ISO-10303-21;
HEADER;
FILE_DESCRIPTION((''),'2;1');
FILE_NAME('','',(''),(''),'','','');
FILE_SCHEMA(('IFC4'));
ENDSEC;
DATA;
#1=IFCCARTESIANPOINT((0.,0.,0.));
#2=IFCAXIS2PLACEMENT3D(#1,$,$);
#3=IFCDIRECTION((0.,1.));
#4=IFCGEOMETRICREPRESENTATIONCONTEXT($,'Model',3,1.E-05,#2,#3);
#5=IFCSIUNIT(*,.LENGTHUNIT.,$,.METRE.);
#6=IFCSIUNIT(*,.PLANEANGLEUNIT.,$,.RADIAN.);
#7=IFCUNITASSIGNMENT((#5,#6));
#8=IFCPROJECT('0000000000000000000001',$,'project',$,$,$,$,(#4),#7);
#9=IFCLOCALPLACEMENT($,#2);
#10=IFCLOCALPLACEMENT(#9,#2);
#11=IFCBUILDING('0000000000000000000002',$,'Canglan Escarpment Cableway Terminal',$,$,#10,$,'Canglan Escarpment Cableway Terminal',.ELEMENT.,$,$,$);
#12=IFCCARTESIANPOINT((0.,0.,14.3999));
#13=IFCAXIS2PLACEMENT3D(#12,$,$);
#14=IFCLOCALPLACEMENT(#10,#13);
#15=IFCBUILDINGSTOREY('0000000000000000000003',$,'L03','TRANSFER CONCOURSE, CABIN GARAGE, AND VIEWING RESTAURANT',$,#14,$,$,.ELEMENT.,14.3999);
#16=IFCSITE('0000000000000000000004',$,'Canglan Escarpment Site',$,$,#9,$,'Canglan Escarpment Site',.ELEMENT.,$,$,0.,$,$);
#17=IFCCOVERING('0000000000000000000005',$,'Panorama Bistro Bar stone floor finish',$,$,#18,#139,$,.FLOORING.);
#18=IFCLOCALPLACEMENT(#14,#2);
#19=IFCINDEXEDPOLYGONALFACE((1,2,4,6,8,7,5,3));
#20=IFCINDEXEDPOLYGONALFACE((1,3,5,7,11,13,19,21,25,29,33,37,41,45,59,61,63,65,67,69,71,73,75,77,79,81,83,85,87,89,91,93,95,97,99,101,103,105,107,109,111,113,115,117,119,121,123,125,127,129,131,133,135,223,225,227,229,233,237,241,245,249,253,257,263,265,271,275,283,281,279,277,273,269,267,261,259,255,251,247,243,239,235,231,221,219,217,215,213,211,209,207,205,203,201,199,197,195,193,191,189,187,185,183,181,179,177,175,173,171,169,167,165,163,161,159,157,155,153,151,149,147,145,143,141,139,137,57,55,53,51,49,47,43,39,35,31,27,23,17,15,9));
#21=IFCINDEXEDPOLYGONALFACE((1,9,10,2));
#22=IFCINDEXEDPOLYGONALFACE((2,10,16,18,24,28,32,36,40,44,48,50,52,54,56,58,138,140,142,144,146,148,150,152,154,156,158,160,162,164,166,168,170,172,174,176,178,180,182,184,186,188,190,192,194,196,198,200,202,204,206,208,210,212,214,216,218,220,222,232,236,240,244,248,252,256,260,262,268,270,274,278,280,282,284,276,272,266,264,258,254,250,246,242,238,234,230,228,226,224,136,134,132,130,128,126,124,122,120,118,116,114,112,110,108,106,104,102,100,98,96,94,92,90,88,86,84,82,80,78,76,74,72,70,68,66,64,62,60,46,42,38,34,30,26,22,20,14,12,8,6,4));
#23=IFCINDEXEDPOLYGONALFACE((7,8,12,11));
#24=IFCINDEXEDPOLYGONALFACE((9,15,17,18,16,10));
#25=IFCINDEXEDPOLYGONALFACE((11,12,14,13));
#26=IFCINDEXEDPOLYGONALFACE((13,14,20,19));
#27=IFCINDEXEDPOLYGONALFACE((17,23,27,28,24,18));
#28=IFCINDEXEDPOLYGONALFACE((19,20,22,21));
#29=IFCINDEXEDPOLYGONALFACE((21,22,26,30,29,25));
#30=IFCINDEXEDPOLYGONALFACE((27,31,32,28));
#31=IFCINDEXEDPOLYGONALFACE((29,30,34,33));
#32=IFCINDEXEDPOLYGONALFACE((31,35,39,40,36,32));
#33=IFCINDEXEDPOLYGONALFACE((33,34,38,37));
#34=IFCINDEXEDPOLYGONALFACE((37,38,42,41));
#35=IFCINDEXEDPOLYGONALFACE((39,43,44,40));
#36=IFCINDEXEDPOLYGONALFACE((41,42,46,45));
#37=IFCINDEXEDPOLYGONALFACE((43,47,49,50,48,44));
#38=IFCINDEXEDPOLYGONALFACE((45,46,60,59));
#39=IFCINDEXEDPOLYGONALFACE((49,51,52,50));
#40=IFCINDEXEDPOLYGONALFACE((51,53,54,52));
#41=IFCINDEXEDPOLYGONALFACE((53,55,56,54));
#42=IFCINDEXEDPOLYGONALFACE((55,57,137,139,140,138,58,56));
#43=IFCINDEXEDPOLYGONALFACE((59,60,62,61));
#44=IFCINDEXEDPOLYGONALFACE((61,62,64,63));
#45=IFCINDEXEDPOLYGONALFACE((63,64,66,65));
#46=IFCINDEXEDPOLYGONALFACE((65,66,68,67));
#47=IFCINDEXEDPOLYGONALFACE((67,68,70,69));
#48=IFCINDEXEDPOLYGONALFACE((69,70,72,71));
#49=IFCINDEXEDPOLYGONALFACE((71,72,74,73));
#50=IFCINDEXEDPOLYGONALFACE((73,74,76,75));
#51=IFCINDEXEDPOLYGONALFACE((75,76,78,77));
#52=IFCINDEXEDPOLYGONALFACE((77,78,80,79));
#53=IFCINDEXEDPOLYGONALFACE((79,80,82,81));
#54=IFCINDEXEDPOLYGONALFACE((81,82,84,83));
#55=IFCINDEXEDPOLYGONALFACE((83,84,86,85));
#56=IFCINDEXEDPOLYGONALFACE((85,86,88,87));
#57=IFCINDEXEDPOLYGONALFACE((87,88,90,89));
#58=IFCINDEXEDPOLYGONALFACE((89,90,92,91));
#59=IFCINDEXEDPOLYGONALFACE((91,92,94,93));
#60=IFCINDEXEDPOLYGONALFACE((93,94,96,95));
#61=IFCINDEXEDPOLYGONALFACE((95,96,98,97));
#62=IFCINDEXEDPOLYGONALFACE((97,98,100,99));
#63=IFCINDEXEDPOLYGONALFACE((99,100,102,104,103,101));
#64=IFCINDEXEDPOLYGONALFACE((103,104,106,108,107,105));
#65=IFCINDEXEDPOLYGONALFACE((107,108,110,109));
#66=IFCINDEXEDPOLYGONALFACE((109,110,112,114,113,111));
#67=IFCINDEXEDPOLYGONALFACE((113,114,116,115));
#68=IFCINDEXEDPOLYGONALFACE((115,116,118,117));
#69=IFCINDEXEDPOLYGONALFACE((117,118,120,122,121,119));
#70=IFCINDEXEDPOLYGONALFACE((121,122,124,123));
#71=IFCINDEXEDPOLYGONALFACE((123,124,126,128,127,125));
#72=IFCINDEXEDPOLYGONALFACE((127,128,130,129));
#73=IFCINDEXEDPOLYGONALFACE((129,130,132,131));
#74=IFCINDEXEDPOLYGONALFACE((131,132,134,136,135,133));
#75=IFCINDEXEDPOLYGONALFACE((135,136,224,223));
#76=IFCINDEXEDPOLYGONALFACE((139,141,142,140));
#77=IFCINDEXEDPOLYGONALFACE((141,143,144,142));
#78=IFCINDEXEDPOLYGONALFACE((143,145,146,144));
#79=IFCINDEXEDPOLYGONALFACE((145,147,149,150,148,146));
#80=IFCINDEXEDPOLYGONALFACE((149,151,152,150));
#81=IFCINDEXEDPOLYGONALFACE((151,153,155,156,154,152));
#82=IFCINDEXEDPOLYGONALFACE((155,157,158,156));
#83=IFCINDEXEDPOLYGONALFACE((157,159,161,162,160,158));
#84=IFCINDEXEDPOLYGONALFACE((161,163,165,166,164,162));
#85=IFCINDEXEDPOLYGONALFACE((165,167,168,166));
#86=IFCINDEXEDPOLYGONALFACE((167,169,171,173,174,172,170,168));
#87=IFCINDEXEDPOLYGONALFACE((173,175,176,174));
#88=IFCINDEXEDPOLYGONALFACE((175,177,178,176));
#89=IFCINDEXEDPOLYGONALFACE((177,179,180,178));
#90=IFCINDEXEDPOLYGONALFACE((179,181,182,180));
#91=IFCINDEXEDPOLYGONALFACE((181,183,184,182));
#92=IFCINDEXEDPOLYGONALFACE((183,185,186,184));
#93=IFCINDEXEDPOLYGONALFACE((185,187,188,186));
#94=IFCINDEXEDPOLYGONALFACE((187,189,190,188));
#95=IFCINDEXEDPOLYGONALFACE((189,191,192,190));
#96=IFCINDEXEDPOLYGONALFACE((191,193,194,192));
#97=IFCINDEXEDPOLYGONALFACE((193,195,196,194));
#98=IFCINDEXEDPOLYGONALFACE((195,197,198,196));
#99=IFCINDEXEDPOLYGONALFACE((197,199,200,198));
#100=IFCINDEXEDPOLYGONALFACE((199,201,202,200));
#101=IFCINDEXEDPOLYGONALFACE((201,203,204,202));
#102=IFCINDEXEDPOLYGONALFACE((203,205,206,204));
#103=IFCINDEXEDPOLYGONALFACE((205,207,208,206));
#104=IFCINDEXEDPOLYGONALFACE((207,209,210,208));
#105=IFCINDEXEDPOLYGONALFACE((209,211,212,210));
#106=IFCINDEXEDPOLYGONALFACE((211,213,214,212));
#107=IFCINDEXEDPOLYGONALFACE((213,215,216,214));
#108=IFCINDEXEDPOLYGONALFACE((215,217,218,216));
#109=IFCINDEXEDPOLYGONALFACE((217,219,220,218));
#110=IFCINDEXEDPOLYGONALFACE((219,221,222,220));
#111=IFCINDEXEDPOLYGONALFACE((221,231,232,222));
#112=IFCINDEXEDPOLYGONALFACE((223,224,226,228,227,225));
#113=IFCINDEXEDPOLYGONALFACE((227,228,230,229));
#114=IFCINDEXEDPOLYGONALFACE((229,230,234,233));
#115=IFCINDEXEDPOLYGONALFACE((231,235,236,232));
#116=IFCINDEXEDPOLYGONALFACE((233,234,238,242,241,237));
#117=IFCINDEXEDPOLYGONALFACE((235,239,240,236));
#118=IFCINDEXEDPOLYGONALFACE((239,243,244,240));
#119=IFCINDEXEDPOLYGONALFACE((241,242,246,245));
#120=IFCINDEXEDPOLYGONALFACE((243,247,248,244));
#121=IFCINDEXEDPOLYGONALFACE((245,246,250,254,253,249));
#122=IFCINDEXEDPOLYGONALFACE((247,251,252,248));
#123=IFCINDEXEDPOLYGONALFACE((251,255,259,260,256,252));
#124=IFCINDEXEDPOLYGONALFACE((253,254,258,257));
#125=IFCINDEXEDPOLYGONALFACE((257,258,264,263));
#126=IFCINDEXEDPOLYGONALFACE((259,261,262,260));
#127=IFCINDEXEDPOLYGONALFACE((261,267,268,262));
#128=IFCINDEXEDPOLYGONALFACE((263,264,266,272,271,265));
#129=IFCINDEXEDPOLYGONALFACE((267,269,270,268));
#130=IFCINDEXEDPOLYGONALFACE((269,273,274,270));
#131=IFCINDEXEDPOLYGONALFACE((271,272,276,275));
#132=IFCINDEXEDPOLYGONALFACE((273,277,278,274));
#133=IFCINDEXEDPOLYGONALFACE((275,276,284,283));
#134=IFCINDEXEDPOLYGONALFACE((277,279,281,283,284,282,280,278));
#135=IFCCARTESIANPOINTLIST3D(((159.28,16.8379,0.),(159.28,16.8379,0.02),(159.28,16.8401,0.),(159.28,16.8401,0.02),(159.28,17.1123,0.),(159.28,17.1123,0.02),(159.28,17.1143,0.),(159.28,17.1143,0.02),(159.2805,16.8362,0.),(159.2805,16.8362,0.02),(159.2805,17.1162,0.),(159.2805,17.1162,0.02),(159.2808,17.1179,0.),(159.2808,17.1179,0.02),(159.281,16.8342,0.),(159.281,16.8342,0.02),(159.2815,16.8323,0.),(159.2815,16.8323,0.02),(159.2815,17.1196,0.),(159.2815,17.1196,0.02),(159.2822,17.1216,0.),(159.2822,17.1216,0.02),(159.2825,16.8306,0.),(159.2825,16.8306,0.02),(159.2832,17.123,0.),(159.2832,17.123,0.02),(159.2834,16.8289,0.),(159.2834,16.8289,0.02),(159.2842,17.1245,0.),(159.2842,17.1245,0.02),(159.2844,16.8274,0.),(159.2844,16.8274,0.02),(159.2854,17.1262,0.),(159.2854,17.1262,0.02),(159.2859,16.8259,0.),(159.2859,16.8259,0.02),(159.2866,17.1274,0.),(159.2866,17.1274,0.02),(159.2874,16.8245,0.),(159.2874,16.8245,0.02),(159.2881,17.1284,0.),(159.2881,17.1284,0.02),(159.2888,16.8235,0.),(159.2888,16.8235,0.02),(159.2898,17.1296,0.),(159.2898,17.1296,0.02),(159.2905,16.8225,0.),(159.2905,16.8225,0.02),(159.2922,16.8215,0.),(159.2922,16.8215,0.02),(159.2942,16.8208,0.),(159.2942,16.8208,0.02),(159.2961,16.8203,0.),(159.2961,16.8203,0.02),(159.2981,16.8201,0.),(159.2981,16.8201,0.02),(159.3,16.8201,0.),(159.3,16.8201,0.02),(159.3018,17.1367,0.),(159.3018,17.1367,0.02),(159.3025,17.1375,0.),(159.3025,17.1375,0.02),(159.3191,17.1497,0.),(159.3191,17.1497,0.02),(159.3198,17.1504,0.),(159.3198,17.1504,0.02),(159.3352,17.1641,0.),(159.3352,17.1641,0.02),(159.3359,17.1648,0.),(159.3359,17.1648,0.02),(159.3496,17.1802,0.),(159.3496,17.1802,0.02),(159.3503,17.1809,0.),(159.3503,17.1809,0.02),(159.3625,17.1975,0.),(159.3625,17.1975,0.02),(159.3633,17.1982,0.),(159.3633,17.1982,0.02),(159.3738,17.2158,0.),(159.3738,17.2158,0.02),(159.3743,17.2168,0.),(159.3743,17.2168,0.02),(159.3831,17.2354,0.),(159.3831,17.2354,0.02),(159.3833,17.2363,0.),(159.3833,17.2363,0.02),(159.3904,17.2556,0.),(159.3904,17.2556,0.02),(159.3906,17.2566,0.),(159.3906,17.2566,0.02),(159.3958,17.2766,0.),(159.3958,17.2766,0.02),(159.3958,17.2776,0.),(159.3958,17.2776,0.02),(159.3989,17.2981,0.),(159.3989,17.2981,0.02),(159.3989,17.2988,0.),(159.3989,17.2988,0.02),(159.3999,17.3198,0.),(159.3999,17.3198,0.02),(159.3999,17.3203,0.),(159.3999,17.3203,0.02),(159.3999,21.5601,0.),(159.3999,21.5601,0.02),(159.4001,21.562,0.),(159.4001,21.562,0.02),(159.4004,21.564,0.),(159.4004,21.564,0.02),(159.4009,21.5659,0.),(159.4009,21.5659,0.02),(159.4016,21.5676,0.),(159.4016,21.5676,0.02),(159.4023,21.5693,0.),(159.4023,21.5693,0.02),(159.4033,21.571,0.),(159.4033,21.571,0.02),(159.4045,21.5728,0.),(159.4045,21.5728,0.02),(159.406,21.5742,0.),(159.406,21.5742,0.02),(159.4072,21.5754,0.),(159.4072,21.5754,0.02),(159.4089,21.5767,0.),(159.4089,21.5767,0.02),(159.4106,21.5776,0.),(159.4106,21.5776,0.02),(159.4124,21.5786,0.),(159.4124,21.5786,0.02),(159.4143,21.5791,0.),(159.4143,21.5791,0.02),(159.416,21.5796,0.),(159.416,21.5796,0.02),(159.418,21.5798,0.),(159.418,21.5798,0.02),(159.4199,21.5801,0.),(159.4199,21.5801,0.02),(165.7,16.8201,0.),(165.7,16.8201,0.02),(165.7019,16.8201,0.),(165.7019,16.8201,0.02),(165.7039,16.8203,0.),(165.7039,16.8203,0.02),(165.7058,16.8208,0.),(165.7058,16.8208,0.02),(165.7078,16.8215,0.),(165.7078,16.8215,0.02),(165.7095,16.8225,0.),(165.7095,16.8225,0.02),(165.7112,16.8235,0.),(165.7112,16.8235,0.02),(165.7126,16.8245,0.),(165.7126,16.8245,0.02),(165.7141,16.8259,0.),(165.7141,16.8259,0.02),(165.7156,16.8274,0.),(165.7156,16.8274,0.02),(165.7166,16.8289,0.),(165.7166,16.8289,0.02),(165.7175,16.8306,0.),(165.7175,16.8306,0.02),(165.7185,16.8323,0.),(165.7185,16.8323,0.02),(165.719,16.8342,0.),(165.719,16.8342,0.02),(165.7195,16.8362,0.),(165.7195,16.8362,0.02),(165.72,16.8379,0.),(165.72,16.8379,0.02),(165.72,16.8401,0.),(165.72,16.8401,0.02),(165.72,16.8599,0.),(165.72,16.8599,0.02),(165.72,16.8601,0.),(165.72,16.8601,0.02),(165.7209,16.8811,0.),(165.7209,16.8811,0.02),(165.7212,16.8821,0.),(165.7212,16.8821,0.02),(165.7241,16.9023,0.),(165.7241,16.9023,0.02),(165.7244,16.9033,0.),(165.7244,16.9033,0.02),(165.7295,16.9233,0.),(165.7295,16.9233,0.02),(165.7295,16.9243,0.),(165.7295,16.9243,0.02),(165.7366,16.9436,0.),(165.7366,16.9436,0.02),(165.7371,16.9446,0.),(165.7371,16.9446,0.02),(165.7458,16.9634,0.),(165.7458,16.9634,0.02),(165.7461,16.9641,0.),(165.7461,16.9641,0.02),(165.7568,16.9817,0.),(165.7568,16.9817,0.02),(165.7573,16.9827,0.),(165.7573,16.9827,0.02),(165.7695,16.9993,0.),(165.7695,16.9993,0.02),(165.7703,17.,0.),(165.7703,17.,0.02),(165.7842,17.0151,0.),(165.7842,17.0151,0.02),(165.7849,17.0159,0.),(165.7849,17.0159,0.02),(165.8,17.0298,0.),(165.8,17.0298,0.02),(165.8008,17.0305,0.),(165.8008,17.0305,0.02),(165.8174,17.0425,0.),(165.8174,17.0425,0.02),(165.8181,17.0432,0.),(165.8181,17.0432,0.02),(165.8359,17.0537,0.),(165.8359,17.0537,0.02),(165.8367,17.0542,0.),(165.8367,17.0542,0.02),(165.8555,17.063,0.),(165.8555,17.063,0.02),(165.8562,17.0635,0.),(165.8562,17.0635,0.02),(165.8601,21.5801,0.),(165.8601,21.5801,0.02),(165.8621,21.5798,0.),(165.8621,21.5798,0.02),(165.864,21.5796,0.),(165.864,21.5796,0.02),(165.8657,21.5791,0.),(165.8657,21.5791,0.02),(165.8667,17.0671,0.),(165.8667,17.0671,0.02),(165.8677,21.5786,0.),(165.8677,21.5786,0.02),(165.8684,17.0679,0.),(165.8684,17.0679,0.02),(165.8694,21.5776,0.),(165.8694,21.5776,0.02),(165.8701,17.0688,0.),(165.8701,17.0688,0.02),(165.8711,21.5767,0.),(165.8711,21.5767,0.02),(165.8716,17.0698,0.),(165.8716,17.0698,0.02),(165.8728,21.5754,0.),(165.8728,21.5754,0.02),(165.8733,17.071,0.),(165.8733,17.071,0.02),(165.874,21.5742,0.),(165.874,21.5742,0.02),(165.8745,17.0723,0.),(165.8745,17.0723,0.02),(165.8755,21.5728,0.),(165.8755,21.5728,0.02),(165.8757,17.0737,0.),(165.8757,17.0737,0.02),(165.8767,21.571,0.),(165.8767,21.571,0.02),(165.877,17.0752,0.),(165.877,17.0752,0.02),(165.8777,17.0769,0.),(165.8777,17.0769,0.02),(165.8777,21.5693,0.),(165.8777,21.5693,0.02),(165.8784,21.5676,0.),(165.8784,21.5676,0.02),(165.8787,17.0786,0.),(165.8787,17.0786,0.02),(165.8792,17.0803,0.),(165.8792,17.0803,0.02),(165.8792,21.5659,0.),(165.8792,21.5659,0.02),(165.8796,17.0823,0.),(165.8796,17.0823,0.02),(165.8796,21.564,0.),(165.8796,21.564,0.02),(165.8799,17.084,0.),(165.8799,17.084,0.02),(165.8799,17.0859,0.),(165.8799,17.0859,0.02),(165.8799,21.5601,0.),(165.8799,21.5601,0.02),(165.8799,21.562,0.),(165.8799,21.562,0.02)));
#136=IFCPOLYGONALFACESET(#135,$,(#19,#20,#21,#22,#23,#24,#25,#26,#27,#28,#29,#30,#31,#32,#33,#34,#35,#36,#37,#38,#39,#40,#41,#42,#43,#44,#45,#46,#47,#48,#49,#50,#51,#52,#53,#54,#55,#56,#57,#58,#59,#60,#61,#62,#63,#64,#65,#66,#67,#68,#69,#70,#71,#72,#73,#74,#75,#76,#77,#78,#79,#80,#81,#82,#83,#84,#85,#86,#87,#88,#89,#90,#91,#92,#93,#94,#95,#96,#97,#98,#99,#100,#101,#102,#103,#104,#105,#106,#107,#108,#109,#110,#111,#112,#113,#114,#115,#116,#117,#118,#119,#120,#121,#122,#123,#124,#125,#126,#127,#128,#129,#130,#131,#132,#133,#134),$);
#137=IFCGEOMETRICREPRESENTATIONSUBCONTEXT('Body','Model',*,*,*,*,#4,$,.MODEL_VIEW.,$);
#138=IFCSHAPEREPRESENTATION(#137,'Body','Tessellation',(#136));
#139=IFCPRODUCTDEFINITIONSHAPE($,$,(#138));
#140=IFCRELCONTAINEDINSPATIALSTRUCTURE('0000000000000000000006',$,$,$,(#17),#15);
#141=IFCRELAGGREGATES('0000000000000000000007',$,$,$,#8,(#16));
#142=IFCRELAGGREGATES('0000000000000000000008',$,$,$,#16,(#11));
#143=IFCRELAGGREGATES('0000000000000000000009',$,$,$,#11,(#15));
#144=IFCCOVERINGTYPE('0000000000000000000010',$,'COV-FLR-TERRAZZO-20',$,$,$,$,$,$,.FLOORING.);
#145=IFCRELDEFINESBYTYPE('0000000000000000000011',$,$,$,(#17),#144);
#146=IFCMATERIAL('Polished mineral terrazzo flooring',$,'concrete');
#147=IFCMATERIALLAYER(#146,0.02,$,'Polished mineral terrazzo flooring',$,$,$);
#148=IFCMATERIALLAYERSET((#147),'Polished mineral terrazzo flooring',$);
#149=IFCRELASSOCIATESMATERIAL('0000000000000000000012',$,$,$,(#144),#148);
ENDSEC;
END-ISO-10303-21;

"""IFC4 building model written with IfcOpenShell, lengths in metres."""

from ifc_helpers import new_model, si_unit, direction, frame, origin, place, context, subcontext, project, spatial, polyline, outline, extrude, material, layer, layer_set, type_object, element, save


model = new_model("IFC4")

# Units and contexts
model_context = context("Model", 3, precision=1e-05, world=origin(), true_north=direction((0.0, 1.0)))
body_context = subcontext(model_context, "Body", "Model", "MODEL_VIEW")
ifc_project = project(units=[si_unit("LENGTHUNIT", "METRE"), si_unit("PLANEANGLEUNIT", "RADIAN")], contexts=[model_context])

# Site, building, storey
site_placement = place(None, origin())
site = spatial("IfcSite", under=ifc_project, at=site_placement, Name="Canglan Escarpment Site", LongName="Canglan Escarpment Site", CompositionType="ELEMENT", RefElevation=0.0)
building_placement = place(site_placement, origin())
building = spatial("IfcBuilding", under=site, at=building_placement, Name="Canglan Escarpment Cableway Terminal", LongName="Canglan Escarpment Cableway Terminal", CompositionType="ELEMENT")
storey_placement = place(building_placement, frame((0.0, 0.0, 14.3999)))
storey = spatial("IfcBuildingStorey", under=building, at=storey_placement, Name="L03", Description="TRANSFER CONCOURSE, CABIN GARAGE, AND VIEWING RESTAURANT", CompositionType="ELEMENT", Elevation=14.3999)

# Covering
ifc_material_1 = material(Name="Polished mineral terrazzo flooring", Category="concrete")
ifc_layer_1 = layer(ifc_material_1, 0.02, Name="Polished mineral terrazzo flooring")
ifc_layer_set_1 = layer_set([ifc_layer_1], Name="Polished mineral terrazzo flooring")
covering_type_1 = type_object("IfcCoveringType", Name="COV-FLR-TERRAZZO-20", PredefinedType="FLOORING", material=ifc_layer_set_1)
covering_1_placement = place(storey_placement, origin())
element("IfcCovering", 1, at=covering_1_placement, inside=storey, type_object=covering_type_1, Name="Panorama Bistro Bar stone floor finish", PredefinedType="FLOORING", context=body_context, shape_type="SweptSolid", body=[
    extrude(outline(polyline([(159.28, 17.1123), (159.28, 17.1143), (159.2805, 17.1162), (159.2808, 17.1179), (159.2815, 17.1196), (159.2822, 17.1216), (159.2832, 17.123), (159.2842, 17.1245), (159.2854, 17.1262), (159.2866, 17.1274), (159.2881, 17.1284), (159.2898, 17.1296), (159.3018, 17.1367), (159.3025, 17.1375), (159.3191, 17.1497), (159.3198, 17.1504), (159.3352, 17.1641), (159.3359, 17.1648), (159.3496, 17.1802), (159.3503, 17.1809), (159.3625, 17.1975), (159.3633, 17.1982), (159.3738, 17.2158), (159.3743, 17.2168), (159.3831, 17.2354), (159.3833, 17.2363), (159.3904, 17.2556), (159.3906, 17.2566), (159.3958, 17.2766), (159.3958, 17.2776), (159.3989, 17.2981), (159.3989, 17.2988), (159.3999, 17.3198), (159.3999, 17.3203), (159.3999, 21.5601), (159.4001, 21.562), (159.4004, 21.564), (159.4009, 21.5659), (159.4016, 21.5676), (159.4023, 21.5693), (159.4033, 21.571), (159.4045, 21.5728), (159.406, 21.5742), (159.4072, 21.5754), (159.4089, 21.5767), (159.4106, 21.5776), (159.4124, 21.5786), (159.4143, 21.5791), (159.416, 21.5796), (159.418, 21.5798), (159.4199, 21.5801), (165.8601, 21.5801), (165.8621, 21.5798), (165.864, 21.5796), (165.8657, 21.5791), (165.8677, 21.5786), (165.8694, 21.5776), (165.8711, 21.5767), (165.8728, 21.5754), (165.874, 21.5742), (165.8755, 21.5728), (165.8767, 21.571), (165.8777, 21.5693), (165.8784, 21.5676), (165.8792, 21.5659), (165.8796, 21.564), (165.8799, 21.562), (165.8799, 21.5601), (165.8799, 17.0859), (165.8799, 17.084), (165.8796, 17.0823), (165.8792, 17.0803), (165.8787, 17.0786), (165.8777, 17.0769), (165.877, 17.0752), (165.8757, 17.0737), (165.8745, 17.0723), (165.8733, 17.071), (165.8716, 17.0698), (165.8701, 17.0688), (165.8684, 17.0679), (165.8667, 17.0671), (165.8562, 17.0635), (165.8555, 17.063), (165.8367, 17.0542), (165.8359, 17.0537), (165.8181, 17.0432), (165.8174, 17.0425), (165.8008, 17.0305), (165.8, 17.0298), (165.7849, 17.0159), (165.7842, 17.0151), (165.7703, 17.0), (165.7695, 16.9993), (165.7573, 16.9827), (165.7568, 16.9817), (165.7461, 16.9641), (165.7458, 16.9634), (165.7371, 16.9446), (165.7366, 16.9436), (165.7295, 16.9243), (165.7295, 16.9233), (165.7244, 16.9033), (165.7241, 16.9023), (165.7212, 16.8821), (165.7209, 16.8811), (165.72, 16.8601), (165.72, 16.8599), (165.72, 16.8401), (165.72, 16.8379), (165.7195, 16.8362), (165.719, 16.8342), (165.7185, 16.8323), (165.7175, 16.8306), (165.7166, 16.8289), (165.7156, 16.8274), (165.7141, 16.8259), (165.7126, 16.8245), (165.7112, 16.8235), (165.7095, 16.8225), (165.7078, 16.8215), (165.7058, 16.8208), (165.7039, 16.8203), (165.7019, 16.8201), (165.7, 16.8201), (159.3, 16.8201), (159.2981, 16.8201), (159.2961, 16.8203), (159.2942, 16.8208), (159.2922, 16.8215), (159.2905, 16.8225), (159.2888, 16.8235), (159.2874, 16.8245), (159.2859, 16.8259), (159.2844, 16.8274), (159.2834, 16.8289), (159.2825, 16.8306), (159.2815, 16.8323), (159.281, 16.8342), (159.2805, 16.8362), (159.28, 16.8379), (159.28, 16.8401), (159.28, 17.1123)])), origin(), (0.0, 0.0, 1.0), 0.02),
])

save(model, "model.ifc")
